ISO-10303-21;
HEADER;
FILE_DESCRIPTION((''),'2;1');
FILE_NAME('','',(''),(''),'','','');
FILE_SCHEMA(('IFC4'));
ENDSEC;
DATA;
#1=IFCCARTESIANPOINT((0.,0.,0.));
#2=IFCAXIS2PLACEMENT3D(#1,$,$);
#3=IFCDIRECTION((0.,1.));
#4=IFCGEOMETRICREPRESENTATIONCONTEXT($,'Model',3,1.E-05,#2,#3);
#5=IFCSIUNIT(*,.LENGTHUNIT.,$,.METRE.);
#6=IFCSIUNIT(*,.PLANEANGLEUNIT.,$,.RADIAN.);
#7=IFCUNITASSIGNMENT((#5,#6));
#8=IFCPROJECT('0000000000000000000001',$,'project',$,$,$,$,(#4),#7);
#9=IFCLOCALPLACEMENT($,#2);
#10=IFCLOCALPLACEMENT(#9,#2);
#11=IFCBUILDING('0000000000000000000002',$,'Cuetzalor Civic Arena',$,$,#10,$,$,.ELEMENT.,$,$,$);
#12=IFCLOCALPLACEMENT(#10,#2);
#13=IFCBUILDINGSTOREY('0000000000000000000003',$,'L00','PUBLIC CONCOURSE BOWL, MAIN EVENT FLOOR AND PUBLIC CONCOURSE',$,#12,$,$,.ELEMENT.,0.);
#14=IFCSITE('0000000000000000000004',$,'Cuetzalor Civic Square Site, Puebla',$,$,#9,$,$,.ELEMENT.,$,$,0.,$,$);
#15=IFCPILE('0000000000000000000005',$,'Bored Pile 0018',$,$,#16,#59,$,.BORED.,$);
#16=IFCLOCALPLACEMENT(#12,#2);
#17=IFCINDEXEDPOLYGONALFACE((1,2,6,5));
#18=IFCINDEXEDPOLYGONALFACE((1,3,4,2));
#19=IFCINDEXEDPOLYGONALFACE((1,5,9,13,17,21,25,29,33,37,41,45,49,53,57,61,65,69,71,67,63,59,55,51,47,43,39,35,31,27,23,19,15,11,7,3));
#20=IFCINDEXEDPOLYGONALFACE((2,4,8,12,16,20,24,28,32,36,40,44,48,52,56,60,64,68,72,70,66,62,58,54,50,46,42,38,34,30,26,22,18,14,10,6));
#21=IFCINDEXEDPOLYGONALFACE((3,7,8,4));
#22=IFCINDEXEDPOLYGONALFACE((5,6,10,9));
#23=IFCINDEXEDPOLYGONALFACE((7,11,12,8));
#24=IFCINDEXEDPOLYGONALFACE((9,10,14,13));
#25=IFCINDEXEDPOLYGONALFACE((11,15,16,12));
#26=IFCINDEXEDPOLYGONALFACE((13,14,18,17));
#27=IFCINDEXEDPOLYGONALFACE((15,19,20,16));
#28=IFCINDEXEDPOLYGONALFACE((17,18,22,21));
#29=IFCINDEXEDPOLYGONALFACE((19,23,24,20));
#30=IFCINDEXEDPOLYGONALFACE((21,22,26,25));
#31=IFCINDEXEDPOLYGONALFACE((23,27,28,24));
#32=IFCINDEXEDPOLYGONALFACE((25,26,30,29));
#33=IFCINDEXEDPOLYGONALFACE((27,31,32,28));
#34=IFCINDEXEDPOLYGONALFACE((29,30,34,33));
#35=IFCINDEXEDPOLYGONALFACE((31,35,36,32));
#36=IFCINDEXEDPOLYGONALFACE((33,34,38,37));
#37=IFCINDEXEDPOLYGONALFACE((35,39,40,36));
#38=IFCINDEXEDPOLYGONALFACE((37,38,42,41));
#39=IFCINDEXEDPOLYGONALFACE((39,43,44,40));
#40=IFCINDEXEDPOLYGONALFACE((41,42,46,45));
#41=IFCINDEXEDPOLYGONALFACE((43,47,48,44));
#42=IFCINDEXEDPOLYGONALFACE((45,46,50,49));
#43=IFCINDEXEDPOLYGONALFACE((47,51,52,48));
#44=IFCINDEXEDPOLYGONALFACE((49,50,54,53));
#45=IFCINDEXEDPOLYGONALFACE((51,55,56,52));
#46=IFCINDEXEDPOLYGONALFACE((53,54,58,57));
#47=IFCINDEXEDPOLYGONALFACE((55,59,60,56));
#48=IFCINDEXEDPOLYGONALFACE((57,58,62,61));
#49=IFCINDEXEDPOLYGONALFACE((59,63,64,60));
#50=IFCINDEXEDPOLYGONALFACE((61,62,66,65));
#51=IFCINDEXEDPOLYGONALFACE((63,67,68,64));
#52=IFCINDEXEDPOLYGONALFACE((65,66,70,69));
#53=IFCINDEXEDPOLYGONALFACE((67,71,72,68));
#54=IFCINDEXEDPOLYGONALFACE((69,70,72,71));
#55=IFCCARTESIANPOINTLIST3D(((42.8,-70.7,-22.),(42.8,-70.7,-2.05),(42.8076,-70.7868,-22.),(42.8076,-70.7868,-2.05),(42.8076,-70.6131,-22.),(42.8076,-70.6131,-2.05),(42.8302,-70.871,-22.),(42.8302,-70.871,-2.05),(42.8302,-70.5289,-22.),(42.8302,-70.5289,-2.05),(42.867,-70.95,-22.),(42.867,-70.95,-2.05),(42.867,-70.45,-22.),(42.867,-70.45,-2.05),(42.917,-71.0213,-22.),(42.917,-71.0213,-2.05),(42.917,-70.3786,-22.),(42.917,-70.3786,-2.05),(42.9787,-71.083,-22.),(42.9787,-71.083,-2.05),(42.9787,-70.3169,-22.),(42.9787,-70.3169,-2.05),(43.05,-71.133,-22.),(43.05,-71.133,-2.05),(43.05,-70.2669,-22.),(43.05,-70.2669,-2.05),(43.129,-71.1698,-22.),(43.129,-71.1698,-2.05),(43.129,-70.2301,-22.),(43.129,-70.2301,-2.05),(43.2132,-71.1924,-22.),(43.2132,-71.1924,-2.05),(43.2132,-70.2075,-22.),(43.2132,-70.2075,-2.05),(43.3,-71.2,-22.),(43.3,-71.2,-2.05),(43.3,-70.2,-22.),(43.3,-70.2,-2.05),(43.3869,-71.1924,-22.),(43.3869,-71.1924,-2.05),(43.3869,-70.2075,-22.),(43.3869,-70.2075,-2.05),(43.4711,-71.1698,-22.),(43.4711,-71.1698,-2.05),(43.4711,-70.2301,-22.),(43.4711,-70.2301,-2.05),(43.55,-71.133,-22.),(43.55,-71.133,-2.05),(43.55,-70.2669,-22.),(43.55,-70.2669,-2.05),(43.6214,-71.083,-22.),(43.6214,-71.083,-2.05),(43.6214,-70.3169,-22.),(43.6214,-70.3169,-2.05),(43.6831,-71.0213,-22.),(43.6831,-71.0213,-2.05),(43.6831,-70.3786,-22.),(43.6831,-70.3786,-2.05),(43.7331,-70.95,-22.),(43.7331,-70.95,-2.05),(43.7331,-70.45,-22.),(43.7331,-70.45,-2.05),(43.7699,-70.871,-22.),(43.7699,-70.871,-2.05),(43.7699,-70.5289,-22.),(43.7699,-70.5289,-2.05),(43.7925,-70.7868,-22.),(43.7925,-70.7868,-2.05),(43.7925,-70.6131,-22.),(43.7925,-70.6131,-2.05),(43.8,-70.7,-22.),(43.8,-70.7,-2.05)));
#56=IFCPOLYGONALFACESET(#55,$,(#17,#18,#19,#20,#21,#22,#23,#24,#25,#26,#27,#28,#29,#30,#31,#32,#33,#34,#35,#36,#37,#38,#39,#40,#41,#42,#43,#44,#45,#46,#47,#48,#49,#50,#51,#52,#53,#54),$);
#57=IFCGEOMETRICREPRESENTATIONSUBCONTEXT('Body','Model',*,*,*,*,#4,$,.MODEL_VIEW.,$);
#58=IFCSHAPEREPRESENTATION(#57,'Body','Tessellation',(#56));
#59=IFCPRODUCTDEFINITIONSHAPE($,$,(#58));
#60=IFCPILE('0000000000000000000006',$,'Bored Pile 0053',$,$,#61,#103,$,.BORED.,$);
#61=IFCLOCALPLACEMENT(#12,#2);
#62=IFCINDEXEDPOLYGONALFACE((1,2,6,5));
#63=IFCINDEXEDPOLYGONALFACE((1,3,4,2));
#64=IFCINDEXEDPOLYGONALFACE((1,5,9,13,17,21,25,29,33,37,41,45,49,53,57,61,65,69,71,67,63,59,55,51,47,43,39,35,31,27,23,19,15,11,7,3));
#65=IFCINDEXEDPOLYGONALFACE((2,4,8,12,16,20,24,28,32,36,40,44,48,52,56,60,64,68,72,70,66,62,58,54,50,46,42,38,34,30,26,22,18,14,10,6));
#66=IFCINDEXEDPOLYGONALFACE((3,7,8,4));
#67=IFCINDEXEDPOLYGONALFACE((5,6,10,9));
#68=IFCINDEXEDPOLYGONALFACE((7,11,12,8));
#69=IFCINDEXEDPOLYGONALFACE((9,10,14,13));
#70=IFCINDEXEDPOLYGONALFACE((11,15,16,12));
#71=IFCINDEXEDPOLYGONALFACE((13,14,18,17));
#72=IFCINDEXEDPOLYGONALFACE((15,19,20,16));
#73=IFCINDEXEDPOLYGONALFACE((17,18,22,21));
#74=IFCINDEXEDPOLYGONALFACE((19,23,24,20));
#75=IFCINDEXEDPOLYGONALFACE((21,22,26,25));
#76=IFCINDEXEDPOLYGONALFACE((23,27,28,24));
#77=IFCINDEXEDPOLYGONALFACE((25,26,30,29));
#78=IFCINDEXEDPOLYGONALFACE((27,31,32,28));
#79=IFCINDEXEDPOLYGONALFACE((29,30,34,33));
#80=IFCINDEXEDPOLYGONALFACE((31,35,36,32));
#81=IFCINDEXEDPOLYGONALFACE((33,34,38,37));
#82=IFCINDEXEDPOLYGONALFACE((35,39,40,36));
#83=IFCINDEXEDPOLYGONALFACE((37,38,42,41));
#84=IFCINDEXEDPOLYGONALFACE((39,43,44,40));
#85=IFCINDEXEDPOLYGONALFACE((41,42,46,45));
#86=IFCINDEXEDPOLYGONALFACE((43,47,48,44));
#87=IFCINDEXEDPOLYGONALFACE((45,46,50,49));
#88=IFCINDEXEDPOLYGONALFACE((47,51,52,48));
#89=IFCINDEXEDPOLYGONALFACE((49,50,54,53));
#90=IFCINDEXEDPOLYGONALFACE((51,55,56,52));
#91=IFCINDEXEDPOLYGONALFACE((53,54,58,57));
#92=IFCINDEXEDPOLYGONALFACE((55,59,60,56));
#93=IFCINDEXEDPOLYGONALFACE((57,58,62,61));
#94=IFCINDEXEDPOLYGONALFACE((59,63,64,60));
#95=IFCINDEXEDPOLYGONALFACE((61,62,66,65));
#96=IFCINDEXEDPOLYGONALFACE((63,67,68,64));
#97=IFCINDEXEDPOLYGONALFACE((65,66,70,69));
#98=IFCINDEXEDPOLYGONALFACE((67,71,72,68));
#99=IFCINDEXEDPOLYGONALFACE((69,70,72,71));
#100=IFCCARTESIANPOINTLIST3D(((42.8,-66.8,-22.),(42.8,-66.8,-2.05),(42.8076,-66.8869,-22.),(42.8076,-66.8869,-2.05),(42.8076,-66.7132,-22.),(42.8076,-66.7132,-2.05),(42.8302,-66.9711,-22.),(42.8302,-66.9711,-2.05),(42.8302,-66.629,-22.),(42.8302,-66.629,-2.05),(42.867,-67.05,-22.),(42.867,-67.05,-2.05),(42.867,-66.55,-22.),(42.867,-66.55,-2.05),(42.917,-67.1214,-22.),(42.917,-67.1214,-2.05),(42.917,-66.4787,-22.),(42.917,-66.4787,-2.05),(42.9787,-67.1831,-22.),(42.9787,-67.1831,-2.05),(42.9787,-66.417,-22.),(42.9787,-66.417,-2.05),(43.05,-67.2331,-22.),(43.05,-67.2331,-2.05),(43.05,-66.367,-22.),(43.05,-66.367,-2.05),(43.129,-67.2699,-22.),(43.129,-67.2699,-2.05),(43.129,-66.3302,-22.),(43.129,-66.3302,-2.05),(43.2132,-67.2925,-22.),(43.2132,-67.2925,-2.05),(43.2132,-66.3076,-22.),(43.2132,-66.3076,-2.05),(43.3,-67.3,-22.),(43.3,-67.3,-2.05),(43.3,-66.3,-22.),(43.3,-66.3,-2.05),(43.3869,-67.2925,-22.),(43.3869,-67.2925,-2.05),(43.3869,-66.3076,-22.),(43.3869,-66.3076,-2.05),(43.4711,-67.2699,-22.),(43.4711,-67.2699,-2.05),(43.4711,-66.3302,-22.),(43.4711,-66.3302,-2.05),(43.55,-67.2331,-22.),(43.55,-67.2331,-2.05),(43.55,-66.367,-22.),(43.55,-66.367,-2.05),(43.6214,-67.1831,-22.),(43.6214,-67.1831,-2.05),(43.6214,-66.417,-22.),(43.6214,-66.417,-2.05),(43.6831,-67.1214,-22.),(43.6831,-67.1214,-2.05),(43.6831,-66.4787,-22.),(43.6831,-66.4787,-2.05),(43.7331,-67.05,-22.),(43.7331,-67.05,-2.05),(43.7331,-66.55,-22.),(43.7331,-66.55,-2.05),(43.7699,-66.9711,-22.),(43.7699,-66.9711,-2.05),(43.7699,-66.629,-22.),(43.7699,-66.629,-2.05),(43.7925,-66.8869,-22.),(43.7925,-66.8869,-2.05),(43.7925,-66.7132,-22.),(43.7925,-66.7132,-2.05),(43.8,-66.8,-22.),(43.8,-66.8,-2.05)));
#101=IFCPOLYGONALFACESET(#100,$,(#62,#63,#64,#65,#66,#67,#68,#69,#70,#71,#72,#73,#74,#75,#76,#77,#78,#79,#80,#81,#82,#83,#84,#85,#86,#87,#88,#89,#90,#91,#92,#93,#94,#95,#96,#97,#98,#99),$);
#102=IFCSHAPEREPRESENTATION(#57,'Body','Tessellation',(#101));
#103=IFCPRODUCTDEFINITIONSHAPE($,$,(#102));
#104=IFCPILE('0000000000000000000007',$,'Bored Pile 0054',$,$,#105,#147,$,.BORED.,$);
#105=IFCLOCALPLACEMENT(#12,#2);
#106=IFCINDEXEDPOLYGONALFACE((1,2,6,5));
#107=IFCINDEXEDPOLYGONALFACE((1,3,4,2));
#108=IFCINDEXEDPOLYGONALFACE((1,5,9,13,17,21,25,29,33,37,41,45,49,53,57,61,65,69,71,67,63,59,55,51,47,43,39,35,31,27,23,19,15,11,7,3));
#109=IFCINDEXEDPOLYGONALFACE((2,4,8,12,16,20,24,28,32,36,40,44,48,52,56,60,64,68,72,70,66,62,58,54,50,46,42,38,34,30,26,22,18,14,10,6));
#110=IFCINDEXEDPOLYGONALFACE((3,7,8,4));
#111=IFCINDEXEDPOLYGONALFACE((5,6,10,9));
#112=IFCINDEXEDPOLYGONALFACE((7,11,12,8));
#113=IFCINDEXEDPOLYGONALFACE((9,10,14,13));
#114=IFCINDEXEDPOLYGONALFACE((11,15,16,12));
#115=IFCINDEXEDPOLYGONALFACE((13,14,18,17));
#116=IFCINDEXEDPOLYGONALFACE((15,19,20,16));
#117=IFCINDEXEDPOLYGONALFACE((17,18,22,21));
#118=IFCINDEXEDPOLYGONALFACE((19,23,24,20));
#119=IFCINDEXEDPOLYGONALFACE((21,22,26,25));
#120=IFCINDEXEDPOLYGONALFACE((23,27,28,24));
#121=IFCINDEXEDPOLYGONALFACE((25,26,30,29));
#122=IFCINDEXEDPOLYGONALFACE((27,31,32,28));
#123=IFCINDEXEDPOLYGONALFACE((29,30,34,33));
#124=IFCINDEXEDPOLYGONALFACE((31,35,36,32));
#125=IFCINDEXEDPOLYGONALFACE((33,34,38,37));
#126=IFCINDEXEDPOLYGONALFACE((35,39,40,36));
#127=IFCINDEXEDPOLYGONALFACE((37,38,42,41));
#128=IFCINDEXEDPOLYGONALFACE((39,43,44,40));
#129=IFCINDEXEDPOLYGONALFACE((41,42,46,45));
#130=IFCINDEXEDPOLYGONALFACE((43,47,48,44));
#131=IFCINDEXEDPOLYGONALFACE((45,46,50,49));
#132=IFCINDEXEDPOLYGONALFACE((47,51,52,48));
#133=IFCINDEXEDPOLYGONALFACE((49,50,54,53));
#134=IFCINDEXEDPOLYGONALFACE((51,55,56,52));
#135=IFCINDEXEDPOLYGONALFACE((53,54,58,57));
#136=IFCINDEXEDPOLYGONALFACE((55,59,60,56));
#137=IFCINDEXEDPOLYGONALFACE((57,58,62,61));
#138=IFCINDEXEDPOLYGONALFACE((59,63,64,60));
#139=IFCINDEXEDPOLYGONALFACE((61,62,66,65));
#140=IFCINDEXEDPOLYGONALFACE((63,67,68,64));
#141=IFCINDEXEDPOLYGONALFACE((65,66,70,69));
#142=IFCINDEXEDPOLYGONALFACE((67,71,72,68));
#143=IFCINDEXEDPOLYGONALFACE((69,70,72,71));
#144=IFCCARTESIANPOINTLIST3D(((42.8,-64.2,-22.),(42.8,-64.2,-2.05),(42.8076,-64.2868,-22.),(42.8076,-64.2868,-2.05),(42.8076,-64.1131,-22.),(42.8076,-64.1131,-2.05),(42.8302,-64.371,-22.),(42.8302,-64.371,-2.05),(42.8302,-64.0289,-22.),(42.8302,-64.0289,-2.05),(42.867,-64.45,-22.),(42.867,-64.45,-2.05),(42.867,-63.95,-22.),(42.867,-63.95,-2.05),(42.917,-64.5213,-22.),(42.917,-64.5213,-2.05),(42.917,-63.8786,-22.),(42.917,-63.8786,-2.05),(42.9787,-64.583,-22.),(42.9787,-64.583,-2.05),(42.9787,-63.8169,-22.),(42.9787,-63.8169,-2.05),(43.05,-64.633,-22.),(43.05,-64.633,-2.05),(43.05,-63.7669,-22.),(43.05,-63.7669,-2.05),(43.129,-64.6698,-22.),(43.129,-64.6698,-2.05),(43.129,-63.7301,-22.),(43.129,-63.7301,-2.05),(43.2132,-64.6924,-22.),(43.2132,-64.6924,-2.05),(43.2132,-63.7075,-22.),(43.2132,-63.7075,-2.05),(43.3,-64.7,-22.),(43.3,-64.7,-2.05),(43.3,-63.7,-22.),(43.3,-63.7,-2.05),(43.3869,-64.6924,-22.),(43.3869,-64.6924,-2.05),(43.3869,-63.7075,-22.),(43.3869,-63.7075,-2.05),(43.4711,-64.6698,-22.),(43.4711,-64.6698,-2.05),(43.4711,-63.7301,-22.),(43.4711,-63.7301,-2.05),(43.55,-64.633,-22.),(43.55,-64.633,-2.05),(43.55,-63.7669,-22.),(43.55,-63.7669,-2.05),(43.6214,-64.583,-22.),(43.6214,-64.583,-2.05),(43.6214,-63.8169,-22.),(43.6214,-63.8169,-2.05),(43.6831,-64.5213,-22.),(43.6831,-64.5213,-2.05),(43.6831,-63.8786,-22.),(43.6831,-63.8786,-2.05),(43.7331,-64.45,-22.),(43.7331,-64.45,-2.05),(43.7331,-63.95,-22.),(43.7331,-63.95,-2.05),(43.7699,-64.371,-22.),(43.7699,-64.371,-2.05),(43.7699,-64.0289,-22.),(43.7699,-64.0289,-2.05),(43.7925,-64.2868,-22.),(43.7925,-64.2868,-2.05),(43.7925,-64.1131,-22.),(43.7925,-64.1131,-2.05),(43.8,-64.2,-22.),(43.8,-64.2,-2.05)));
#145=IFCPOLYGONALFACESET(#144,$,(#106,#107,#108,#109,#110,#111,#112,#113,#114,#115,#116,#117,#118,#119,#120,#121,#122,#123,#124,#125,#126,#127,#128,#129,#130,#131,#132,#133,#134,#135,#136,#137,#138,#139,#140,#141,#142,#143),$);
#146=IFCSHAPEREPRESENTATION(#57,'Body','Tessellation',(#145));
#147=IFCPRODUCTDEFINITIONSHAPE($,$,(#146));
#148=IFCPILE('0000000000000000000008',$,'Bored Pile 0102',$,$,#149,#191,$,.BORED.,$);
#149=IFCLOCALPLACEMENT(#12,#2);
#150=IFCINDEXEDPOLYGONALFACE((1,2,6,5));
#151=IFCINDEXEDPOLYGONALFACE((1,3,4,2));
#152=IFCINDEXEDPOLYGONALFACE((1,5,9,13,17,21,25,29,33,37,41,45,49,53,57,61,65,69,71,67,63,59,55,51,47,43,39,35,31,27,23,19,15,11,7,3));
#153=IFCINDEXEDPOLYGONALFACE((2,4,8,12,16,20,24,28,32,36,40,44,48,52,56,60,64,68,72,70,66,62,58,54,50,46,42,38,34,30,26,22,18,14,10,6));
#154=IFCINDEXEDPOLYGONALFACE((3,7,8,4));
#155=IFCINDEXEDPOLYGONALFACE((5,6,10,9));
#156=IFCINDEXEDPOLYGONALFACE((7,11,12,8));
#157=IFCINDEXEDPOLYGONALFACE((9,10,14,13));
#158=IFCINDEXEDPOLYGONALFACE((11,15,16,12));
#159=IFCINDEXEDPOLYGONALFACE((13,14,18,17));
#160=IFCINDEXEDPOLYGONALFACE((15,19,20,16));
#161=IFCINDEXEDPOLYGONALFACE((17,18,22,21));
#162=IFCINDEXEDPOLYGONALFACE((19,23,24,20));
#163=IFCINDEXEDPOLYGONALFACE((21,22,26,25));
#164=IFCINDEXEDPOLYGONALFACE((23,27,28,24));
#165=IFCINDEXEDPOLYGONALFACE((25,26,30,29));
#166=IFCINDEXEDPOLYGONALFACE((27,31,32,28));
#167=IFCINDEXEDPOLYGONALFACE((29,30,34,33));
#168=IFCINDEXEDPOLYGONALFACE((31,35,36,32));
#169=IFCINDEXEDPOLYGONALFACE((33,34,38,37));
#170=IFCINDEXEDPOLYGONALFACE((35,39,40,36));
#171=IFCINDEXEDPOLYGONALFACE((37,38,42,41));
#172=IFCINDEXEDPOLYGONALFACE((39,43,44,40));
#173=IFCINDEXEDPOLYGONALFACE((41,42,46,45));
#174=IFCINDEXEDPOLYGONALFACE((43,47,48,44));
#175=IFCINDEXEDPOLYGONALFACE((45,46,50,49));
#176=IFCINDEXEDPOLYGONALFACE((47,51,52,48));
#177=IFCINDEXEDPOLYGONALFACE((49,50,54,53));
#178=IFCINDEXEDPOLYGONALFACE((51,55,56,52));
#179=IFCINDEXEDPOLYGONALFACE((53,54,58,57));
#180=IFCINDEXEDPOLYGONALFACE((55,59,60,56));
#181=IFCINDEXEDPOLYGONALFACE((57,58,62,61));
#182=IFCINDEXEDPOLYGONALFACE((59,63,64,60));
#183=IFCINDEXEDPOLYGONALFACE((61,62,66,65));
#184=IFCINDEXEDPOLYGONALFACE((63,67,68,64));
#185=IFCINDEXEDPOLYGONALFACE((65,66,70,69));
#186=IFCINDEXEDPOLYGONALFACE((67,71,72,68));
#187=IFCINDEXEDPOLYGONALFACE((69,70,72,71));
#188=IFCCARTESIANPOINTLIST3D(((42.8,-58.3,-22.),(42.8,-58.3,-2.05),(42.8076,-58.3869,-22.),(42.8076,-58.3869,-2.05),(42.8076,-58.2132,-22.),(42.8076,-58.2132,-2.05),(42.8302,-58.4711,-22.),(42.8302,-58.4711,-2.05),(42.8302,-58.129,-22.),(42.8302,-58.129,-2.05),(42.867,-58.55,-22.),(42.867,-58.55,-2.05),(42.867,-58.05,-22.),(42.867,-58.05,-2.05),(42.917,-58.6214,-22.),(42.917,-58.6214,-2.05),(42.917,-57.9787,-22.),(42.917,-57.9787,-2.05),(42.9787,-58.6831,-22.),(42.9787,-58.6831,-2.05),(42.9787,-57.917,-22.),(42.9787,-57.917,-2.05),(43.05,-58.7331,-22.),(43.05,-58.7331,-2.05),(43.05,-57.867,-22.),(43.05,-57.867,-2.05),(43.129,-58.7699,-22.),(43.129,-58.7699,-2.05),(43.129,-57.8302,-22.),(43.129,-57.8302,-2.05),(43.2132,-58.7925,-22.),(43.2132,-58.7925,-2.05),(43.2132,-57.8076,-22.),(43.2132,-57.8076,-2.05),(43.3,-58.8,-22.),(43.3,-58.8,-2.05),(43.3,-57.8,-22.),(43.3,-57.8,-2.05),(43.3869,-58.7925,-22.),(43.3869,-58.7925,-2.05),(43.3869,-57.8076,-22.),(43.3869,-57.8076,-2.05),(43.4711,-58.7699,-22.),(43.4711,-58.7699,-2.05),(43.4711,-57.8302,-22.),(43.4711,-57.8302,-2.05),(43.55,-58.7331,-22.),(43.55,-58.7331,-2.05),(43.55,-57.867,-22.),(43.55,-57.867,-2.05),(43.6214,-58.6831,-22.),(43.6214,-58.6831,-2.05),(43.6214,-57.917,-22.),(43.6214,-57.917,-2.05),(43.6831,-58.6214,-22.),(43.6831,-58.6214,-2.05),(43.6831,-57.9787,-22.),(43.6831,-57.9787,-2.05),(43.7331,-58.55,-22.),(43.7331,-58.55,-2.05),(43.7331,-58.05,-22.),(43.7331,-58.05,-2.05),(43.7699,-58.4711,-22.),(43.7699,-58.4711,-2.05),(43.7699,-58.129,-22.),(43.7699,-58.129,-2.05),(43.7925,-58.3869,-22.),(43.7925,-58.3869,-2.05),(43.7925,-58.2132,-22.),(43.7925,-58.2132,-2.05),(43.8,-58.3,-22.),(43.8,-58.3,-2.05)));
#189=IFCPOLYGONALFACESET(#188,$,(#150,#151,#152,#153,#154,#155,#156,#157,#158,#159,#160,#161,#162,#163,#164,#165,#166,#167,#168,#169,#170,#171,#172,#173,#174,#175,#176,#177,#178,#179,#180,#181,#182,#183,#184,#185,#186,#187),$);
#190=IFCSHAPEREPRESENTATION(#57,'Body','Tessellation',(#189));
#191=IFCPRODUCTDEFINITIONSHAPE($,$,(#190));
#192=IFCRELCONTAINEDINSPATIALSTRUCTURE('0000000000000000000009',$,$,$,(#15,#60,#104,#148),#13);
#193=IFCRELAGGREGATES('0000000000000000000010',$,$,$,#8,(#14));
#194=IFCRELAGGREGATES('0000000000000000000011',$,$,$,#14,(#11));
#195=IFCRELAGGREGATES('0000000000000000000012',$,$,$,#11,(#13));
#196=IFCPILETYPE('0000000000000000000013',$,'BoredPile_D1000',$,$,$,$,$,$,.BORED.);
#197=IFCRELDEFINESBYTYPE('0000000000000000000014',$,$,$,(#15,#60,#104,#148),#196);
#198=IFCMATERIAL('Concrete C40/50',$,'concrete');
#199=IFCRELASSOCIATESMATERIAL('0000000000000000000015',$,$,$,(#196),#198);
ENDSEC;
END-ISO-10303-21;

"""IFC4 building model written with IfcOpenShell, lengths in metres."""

from ifc_helpers import new_model, si_unit, direction, frame, origin, origin_2d, place, context, subcontext, project, spatial, circle, extrude, material, material_profile, profile_set, type_object, element, save


model = new_model("IFC4")

# Units and contexts
model_context = context("Model", 3, precision=1e-05, world=origin(), true_north=direction((0.0, 1.0)))
body_context = subcontext(model_context, "Body", "Model", "MODEL_VIEW")
ifc_project = project(units=[si_unit("LENGTHUNIT", "METRE"), si_unit("PLANEANGLEUNIT", "RADIAN")], contexts=[model_context])

# Site, building, storey
site_placement = place(None, origin())
site = spatial("IfcSite", under=ifc_project, at=site_placement, Name="Cuetzalor Civic Square Site, Puebla", CompositionType="ELEMENT", RefElevation=0.0)
building_placement = place(site_placement, origin())
building = spatial("IfcBuilding", under=site, at=building_placement, Name="Cuetzalor Civic Arena", CompositionType="ELEMENT")
storey_placement = place(building_placement, origin())
storey = spatial("IfcBuildingStorey", under=building, at=storey_placement, Name="L00", Description="PUBLIC CONCOURSE BOWL, MAIN EVENT FLOOR AND PUBLIC CONCOURSE", CompositionType="ELEMENT", Elevation=0.0)

# Piles
ifc_material_1 = material(Name="Concrete C40/50", Category="concrete")
ifc_material_profile_1 = material_profile(ifc_material_1, circle(Radius=0.5, at=origin_2d()), Name="BORED PILE D1000")
ifc_profile_set_1 = profile_set([ifc_material_profile_1], Name="Concrete C40/50")
pile_type = type_object("IfcPileType", Name="BoredPile_D1000", PredefinedType="BORED", material=ifc_profile_set_1)
for number, where, z_axis, x_axis, name in (
    (1, (43.3, -70.7, -2.05), (0.0, 0.0, -1.0), (1.0, 0.0, 0.0), "Bored Pile 0018"),
    (2, (43.3, -66.8, -2.05), (0.0, 0.0, -1.0), (1.0, 0.0, 0.0), "Bored Pile 0053"),
    (3, (43.3, -64.2, -2.05), (0.0, 0.0, -1.0), (1.0, 0.0, 0.0), "Bored Pile 0054"),
    (4, (43.3, -58.3, -2.05), (0.0, 0.0, -1.0), (1.0, 0.0, 0.0), "Bored Pile 0102"),
):
    element("IfcPile", number, at=place(storey_placement, frame(where, z_axis=z_axis, x_axis=x_axis)), inside=storey, type_object=pile_type, Name=name, PredefinedType="BORED", context=body_context, shape_type="SweptSolid", body=[
        extrude(circle(Radius=0.5, at=origin_2d()), origin(), (0.0, 0.0, 1.0), 19.95),
    ])

save(model, "model.ifc")
